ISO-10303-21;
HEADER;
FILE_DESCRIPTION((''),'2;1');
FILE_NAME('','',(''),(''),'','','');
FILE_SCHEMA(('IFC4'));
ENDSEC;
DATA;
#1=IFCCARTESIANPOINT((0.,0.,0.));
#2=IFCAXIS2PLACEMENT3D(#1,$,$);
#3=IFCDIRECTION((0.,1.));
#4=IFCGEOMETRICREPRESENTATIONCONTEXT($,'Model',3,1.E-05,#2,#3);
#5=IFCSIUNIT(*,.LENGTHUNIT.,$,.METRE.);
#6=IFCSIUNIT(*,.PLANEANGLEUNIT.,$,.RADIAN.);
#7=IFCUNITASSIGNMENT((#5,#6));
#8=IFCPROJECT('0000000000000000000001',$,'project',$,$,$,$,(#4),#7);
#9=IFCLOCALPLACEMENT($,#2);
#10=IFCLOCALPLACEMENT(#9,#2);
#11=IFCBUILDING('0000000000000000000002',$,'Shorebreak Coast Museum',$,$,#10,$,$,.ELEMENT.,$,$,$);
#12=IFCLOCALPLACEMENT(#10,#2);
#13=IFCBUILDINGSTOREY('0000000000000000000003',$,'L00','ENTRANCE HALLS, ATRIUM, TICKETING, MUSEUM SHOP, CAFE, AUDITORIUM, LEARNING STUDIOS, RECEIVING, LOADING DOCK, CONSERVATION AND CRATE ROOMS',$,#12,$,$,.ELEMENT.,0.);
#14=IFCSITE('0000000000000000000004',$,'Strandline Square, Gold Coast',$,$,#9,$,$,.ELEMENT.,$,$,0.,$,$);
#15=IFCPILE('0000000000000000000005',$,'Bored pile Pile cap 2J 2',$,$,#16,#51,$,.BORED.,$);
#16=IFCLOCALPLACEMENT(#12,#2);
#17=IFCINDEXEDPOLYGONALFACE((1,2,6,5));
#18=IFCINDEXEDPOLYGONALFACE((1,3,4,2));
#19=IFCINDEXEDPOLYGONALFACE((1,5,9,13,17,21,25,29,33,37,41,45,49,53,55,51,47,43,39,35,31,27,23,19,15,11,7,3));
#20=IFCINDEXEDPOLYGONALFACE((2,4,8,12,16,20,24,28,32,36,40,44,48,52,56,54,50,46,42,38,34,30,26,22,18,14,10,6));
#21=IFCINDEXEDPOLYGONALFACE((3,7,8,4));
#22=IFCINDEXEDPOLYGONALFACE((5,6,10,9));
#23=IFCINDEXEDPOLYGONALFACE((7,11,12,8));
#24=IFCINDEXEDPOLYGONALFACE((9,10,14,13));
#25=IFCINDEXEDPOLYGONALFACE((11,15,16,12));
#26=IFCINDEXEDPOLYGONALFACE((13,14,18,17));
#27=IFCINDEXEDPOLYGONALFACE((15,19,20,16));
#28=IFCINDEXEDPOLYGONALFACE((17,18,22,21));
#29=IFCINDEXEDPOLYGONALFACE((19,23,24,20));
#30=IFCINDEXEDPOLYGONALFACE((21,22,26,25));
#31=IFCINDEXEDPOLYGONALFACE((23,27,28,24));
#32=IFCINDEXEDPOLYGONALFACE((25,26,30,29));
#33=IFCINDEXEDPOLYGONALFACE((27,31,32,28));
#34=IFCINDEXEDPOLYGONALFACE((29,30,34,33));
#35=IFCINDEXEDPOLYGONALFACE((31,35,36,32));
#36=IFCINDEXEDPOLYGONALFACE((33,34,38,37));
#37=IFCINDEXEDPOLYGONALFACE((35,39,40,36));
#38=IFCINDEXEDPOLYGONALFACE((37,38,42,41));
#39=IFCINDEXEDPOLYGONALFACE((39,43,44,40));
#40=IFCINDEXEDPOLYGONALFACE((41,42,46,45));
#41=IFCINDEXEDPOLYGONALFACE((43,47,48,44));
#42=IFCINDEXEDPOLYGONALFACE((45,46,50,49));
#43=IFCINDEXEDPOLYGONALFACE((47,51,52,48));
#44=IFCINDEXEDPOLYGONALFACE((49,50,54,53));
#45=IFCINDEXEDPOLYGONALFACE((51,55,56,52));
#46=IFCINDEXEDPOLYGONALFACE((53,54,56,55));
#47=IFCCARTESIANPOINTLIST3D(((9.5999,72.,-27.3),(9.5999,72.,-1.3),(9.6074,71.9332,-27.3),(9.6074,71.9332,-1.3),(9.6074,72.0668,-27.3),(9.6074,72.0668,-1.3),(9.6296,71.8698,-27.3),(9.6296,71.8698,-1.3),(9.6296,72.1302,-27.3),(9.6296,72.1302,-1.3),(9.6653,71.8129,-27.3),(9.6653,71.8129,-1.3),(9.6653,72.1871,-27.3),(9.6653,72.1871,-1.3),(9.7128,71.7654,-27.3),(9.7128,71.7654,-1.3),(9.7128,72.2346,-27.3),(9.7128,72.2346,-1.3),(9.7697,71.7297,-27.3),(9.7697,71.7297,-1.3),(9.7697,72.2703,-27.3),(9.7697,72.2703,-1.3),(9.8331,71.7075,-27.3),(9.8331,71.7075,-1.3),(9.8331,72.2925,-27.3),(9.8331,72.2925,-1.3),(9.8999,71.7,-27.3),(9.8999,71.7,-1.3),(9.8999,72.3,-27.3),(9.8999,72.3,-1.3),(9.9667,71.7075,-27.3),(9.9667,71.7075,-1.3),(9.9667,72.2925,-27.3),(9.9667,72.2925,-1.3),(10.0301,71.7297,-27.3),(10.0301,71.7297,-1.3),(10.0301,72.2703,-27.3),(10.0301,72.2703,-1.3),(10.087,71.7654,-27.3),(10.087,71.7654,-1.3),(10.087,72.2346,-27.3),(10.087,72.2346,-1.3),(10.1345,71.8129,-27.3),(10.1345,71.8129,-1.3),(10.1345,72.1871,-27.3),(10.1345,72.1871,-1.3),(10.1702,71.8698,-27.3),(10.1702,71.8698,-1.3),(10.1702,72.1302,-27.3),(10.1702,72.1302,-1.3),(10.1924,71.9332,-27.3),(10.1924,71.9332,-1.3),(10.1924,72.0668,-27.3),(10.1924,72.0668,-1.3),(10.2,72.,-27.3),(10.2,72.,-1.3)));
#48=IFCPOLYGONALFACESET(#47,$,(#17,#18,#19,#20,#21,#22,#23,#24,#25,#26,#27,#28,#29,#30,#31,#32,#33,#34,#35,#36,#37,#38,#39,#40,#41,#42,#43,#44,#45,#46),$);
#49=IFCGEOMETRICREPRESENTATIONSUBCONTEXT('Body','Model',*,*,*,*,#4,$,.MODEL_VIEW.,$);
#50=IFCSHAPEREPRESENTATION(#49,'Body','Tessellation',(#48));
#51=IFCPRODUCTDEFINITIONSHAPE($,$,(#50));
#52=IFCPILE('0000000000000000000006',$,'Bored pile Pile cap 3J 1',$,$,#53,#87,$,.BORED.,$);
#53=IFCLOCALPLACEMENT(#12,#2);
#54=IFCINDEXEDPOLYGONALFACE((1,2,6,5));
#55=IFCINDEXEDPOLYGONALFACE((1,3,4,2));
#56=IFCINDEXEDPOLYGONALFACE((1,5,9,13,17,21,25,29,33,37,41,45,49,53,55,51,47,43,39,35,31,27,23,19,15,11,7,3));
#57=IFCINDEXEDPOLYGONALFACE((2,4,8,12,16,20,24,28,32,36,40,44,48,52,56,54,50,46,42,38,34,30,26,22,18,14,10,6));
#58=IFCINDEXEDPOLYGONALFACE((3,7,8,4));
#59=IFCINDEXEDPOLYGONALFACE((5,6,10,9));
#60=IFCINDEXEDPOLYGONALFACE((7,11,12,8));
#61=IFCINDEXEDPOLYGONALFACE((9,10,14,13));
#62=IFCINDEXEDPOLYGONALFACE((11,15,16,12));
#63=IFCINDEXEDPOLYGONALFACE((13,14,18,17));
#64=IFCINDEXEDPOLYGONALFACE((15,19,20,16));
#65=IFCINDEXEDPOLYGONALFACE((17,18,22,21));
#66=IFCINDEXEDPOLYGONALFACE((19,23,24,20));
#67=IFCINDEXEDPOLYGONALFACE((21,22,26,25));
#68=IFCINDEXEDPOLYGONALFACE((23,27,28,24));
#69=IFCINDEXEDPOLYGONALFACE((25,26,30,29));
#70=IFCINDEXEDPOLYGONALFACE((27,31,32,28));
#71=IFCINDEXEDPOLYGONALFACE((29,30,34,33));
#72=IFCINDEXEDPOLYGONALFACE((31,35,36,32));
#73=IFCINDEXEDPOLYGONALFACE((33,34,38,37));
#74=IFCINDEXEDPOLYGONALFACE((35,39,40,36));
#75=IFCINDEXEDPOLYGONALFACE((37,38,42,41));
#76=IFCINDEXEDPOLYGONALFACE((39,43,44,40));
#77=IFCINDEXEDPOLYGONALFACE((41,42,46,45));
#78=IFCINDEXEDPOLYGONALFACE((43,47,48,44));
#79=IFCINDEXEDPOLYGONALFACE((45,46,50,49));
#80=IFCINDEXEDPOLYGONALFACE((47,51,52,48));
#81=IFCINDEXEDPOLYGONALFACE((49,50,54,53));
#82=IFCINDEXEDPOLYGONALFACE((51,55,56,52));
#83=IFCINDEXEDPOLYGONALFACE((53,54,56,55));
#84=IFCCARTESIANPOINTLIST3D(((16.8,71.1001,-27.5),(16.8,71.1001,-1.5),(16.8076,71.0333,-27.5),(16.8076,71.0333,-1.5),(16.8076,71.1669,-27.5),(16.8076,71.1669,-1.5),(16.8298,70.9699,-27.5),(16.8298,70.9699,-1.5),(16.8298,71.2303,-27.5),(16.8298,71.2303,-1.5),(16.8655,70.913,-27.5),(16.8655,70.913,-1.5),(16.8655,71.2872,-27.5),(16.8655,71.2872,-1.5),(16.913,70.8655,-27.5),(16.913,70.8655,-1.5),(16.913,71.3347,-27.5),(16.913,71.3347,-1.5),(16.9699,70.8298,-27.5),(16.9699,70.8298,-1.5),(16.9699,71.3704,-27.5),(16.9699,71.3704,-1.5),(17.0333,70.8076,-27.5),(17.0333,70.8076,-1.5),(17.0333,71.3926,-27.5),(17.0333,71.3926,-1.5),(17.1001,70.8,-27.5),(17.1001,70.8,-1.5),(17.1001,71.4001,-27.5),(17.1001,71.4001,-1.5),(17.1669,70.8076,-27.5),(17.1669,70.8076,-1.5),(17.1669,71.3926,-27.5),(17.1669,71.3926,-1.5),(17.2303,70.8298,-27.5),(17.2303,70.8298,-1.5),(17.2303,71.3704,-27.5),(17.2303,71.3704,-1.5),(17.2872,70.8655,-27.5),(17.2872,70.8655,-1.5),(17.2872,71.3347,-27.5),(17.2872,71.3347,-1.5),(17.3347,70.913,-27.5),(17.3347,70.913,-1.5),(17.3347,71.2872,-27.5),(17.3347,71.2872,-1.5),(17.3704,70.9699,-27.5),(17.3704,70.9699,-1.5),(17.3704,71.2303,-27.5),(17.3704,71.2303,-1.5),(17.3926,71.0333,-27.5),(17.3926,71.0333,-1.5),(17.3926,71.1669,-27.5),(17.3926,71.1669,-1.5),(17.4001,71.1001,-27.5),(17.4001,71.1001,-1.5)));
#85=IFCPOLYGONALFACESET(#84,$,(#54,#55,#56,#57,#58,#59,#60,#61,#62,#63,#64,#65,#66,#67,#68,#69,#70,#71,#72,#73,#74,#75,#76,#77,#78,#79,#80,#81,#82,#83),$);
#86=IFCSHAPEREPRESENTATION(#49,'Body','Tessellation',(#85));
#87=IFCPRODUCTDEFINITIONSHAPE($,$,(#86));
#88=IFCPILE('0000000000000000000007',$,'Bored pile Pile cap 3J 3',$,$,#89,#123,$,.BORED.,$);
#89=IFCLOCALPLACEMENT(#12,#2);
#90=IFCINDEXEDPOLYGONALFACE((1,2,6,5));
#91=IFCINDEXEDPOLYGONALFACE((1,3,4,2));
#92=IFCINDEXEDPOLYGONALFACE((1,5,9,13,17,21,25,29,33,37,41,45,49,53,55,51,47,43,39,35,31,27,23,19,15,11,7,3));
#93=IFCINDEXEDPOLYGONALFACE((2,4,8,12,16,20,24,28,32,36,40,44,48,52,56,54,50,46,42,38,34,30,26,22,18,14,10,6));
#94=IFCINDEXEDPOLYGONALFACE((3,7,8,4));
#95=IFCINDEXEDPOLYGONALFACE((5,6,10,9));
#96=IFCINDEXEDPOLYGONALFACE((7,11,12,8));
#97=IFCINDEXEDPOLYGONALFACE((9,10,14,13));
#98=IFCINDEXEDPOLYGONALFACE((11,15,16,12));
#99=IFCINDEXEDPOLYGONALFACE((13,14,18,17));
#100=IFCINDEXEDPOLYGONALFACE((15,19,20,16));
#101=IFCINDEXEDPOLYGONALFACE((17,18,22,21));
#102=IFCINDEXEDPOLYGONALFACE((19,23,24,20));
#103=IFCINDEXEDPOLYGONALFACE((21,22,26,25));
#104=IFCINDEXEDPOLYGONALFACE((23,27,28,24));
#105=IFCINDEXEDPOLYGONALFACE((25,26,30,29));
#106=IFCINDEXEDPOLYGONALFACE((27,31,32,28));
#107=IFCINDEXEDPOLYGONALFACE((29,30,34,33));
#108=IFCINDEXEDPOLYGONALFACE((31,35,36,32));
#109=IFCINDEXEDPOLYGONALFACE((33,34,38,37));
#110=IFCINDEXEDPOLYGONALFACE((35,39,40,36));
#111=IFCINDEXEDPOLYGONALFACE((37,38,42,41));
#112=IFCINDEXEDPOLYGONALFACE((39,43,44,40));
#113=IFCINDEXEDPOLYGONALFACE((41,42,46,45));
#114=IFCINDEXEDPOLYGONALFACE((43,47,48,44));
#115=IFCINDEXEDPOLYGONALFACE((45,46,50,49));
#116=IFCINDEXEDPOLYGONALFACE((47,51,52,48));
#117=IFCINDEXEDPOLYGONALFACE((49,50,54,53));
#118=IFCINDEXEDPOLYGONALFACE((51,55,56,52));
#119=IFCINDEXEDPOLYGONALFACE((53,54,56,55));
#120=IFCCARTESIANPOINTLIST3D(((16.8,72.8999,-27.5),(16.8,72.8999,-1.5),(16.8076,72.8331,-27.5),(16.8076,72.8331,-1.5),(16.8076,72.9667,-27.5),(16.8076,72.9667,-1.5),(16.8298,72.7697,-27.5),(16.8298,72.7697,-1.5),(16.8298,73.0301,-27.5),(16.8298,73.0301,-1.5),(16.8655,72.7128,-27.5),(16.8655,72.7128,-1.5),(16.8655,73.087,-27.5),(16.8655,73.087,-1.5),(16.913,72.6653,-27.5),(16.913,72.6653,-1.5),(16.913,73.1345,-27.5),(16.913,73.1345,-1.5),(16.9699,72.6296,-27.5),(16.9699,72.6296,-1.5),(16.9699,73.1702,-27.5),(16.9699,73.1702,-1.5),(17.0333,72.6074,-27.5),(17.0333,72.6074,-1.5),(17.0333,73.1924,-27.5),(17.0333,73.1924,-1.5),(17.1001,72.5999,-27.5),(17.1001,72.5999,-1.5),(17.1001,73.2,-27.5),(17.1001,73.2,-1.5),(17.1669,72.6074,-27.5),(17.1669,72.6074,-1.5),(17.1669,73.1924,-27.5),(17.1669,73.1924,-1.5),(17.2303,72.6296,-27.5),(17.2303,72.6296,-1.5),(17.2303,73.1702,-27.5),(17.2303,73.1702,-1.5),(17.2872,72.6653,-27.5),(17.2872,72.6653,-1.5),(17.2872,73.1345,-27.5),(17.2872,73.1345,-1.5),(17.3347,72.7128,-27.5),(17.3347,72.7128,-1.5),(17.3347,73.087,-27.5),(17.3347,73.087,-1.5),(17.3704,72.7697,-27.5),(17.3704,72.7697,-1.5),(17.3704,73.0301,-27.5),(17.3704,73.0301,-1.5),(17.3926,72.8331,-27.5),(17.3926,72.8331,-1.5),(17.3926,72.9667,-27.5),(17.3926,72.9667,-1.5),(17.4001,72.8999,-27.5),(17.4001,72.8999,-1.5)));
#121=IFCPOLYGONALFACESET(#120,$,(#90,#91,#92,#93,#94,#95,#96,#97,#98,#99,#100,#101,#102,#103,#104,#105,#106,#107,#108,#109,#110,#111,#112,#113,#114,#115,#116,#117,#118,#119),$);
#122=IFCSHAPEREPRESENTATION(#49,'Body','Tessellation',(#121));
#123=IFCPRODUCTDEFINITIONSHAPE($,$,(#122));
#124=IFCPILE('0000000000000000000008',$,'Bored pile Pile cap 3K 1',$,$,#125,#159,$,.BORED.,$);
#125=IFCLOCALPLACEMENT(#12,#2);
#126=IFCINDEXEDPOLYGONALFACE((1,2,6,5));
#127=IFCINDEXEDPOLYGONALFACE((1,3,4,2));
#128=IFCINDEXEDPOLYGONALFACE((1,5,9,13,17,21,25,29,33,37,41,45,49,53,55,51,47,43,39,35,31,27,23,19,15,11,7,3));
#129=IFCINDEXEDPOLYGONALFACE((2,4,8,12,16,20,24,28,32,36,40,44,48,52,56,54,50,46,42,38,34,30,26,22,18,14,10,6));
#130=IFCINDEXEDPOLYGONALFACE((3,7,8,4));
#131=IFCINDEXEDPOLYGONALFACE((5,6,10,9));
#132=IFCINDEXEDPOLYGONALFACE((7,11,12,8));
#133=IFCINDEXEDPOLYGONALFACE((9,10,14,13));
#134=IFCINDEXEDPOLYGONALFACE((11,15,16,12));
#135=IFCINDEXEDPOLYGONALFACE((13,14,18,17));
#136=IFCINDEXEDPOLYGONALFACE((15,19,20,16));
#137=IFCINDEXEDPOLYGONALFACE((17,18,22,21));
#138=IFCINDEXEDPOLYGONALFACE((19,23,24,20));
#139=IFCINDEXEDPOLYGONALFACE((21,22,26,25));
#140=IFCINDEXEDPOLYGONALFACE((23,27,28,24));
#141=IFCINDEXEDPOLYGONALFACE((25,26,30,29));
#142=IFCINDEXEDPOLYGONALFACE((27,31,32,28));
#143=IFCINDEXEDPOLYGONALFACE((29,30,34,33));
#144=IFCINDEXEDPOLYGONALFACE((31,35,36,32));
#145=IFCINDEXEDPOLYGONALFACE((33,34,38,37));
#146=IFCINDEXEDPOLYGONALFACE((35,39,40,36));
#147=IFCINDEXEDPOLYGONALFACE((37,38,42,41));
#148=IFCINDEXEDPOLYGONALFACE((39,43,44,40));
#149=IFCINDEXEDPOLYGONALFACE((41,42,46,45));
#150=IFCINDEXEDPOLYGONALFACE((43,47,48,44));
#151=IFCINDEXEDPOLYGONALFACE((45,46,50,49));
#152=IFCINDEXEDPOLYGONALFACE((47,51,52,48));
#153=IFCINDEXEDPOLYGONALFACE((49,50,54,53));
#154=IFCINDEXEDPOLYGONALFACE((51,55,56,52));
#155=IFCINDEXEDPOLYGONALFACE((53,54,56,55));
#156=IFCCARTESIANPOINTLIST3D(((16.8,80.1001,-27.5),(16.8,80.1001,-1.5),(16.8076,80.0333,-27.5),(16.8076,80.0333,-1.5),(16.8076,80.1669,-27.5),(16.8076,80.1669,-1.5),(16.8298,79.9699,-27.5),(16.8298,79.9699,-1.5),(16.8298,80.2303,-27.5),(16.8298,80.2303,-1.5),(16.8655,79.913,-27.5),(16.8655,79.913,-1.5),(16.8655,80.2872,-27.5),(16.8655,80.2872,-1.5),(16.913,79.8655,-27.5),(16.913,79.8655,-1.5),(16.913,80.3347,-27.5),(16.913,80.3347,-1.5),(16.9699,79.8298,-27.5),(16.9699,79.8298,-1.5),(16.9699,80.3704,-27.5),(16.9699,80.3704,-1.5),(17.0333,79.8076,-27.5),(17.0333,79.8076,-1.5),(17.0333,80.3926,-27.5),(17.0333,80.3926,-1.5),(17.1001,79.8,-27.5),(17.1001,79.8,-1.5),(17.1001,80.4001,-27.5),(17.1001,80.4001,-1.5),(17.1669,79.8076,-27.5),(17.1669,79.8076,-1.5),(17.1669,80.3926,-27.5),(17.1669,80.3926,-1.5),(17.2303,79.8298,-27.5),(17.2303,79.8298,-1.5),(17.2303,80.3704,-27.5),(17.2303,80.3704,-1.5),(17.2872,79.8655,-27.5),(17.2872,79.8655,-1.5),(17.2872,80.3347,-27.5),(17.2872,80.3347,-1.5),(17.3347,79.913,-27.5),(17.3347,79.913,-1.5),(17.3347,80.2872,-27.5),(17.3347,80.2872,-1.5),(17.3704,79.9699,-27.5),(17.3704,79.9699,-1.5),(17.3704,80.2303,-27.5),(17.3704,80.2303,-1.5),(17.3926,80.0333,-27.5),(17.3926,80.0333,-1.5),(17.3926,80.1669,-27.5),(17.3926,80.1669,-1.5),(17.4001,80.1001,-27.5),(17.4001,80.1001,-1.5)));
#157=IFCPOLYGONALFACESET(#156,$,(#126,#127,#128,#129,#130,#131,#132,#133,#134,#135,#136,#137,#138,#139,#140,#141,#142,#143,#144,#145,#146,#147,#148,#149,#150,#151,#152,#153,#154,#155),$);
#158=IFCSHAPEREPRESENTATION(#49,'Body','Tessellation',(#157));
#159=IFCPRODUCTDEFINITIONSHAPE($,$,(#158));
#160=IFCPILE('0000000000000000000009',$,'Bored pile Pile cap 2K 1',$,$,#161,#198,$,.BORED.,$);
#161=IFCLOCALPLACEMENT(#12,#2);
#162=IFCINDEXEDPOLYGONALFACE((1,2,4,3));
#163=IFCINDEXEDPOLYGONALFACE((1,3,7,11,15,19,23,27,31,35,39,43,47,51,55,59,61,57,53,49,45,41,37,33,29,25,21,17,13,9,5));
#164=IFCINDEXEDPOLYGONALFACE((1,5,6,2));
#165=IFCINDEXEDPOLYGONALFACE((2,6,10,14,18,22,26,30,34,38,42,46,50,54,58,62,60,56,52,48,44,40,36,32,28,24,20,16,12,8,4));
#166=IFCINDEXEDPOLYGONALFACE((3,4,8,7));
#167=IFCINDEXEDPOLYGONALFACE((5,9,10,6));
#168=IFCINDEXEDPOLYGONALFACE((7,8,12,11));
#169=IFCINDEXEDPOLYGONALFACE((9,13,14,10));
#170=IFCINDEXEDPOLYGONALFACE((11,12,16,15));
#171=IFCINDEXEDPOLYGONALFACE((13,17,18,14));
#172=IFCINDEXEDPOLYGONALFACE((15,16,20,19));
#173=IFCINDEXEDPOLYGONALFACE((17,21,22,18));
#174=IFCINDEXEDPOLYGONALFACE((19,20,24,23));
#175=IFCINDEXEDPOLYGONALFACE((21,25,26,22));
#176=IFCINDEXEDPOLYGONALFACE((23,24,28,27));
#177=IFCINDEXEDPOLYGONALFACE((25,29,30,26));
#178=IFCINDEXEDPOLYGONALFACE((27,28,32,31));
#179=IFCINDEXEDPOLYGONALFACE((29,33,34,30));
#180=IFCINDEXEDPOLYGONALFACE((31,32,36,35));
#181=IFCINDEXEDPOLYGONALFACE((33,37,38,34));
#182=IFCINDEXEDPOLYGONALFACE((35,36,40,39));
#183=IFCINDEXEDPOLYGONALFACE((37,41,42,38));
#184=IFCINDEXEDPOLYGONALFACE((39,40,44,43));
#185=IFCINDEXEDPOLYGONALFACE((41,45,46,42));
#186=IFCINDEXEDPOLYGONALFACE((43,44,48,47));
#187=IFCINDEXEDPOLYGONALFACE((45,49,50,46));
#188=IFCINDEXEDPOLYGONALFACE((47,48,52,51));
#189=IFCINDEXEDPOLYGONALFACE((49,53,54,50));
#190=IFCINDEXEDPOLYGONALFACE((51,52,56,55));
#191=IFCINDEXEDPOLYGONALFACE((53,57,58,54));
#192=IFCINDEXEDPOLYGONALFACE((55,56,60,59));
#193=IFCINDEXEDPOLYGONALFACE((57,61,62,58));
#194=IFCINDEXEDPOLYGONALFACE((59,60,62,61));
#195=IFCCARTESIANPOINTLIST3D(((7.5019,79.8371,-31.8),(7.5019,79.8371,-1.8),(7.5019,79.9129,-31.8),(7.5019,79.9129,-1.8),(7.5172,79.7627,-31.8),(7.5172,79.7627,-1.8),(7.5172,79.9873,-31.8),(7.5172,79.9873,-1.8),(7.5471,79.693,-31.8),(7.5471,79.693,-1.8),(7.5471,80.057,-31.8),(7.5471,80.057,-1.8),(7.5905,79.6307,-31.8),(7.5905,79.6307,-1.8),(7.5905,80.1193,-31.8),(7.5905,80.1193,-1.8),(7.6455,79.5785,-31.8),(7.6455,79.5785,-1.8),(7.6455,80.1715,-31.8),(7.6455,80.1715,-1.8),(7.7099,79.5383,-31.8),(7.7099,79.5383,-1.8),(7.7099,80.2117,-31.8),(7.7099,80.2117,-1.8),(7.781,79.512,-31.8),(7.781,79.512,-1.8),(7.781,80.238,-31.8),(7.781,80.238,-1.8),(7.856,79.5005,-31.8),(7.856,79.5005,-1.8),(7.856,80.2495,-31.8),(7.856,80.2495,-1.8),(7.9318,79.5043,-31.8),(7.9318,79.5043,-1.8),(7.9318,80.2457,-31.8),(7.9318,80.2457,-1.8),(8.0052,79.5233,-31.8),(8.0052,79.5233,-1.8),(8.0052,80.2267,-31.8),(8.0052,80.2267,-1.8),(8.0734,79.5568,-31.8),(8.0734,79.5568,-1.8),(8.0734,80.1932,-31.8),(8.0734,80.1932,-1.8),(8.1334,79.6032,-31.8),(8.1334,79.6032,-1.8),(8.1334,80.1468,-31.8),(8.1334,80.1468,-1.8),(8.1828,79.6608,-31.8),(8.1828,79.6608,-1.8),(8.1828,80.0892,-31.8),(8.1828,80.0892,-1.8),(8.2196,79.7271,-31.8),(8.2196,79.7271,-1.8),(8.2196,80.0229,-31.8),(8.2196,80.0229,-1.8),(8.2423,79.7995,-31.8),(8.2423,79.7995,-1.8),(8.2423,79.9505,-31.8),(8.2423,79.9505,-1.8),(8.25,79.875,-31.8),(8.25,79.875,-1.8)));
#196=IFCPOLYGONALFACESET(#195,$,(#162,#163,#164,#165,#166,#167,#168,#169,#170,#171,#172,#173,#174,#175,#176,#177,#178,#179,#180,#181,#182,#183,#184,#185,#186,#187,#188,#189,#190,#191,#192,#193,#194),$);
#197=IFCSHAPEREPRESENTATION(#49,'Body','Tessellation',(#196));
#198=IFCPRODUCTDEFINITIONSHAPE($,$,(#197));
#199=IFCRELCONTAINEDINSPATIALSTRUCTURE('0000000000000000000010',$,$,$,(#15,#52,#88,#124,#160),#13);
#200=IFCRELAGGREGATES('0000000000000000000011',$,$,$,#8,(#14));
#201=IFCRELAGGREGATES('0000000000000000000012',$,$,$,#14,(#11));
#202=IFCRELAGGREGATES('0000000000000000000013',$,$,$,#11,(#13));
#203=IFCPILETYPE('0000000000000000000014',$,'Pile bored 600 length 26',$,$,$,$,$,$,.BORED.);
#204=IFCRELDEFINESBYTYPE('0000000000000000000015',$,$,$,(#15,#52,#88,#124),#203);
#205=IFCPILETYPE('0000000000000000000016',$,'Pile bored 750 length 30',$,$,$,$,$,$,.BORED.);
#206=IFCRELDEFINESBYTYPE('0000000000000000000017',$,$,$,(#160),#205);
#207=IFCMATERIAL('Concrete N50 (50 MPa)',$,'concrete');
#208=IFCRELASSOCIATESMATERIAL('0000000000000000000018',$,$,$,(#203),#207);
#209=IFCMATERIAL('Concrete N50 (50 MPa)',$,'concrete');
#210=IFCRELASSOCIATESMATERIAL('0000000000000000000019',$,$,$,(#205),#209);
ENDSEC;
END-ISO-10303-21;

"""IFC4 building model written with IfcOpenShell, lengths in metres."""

from ifc_helpers import new_model, si_unit, direction, frame, origin, origin_2d, place, context, subcontext, project, spatial, circle, extrude, material, material_profile, profile_set, type_object, element, save


model = new_model("IFC4")

# Units and contexts
model_context = context("Model", 3, precision=1e-05, world=origin(), true_north=direction((0.0, 1.0)))
body_context = subcontext(model_context, "Body", "Model", "MODEL_VIEW")
ifc_project = project(units=[si_unit("LENGTHUNIT", "METRE"), si_unit("PLANEANGLEUNIT", "RADIAN")], contexts=[model_context])

# Site, building, storey
site_placement = place(None, origin())
site = spatial("IfcSite", under=ifc_project, at=site_placement, Name="Strandline Square, Gold Coast", CompositionType="ELEMENT", RefElevation=0.0)
building_placement = place(site_placement, origin())
building = spatial("IfcBuilding", under=site, at=building_placement, Name="Shorebreak Coast Museum", CompositionType="ELEMENT")
storey_placement = place(building_placement, origin())
storey = spatial("IfcBuildingStorey", under=building, at=storey_placement, Name="L00", Description="ENTRANCE HALLS, ATRIUM, TICKETING, MUSEUM SHOP, CAFE, AUDITORIUM, LEARNING STUDIOS, RECEIVING, LOADING DOCK, CONSERVATION AND CRATE ROOMS", CompositionType="ELEMENT", Elevation=0.0)

# Piles
ifc_material_1 = material(Name="Concrete N50 (50 MPa)", Category="concrete")
ifc_material_profile_1 = material_profile(ifc_material_1, circle(Radius=0.3, at=origin_2d()), Name="Pile bored 600 length 26")
ifc_profile_set_1 = profile_set([ifc_material_profile_1], Name="Concrete N50 (50 MPa)")
pile_type_1 = type_object("IfcPileType", Name="Pile bored 600 length 26", PredefinedType="BORED", material=ifc_profile_set_1)
for number, where, z_axis, x_axis, name in (
    (1, (9.8999, 72.0, -1.3), (0.0, 0.0, -1.0), (1.0, 0.0, 0.0), "Bored pile Pile cap 2J 2"),
    (2, (17.1001, 71.1001, -1.5), (0.0, 0.0, -1.0), (1.0, 0.0, 0.0), "Bored pile Pile cap 3J 1"),
    (3, (17.1001, 72.8999, -1.5), (0.0, 0.0, -1.0), (1.0, 0.0, 0.0), "Bored pile Pile cap 3J 3"),
    (4, (17.1001, 80.1001, -1.5), (0.0, 0.0, -1.0), (1.0, 0.0, 0.0), "Bored pile Pile cap 3K 1"),
):
    element("IfcPile", number, at=place(storey_placement, frame(where, z_axis=z_axis, x_axis=x_axis)), inside=storey, type_object=pile_type_1, Name=name, PredefinedType="BORED", context=body_context, shape_type="SweptSolid", body=[
        extrude(circle(Radius=0.3, at=origin_2d()), origin(), (0.0, 0.0, 1.0), 26.0),
    ])
ifc_material_2 = material(Name="Concrete N50 (50 MPa)", Category="concrete")
ifc_material_profile_2 = material_profile(ifc_material_2, circle(Radius=0.375, at=origin_2d()), Name="Pile bored 750 length 30")
ifc_profile_set_2 = profile_set([ifc_material_profile_2], Name="Concrete N50 (50 MPa)")
pile_type_2 = type_object("IfcPileType", Name="Pile bored 750 length 30", PredefinedType="BORED", material=ifc_profile_set_2)
for number, where, z_axis, x_axis, name in (
    (5, (7.875, 79.875, -1.8), (0.0, 0.0, -1.0), (1.0, 0.0, 0.0), "Bored pile Pile cap 2K 1"),
):
    element("IfcPile", number, at=place(storey_placement, frame(where, z_axis=z_axis, x_axis=x_axis)), inside=storey, type_object=pile_type_2, Name=name, PredefinedType="BORED", context=body_context, shape_type="SweptSolid", body=[
        extrude(circle(Radius=0.375, at=origin_2d()), origin(), (0.0, 0.0, 1.0), 30.0),
    ])

save(model, "model.ifc")
